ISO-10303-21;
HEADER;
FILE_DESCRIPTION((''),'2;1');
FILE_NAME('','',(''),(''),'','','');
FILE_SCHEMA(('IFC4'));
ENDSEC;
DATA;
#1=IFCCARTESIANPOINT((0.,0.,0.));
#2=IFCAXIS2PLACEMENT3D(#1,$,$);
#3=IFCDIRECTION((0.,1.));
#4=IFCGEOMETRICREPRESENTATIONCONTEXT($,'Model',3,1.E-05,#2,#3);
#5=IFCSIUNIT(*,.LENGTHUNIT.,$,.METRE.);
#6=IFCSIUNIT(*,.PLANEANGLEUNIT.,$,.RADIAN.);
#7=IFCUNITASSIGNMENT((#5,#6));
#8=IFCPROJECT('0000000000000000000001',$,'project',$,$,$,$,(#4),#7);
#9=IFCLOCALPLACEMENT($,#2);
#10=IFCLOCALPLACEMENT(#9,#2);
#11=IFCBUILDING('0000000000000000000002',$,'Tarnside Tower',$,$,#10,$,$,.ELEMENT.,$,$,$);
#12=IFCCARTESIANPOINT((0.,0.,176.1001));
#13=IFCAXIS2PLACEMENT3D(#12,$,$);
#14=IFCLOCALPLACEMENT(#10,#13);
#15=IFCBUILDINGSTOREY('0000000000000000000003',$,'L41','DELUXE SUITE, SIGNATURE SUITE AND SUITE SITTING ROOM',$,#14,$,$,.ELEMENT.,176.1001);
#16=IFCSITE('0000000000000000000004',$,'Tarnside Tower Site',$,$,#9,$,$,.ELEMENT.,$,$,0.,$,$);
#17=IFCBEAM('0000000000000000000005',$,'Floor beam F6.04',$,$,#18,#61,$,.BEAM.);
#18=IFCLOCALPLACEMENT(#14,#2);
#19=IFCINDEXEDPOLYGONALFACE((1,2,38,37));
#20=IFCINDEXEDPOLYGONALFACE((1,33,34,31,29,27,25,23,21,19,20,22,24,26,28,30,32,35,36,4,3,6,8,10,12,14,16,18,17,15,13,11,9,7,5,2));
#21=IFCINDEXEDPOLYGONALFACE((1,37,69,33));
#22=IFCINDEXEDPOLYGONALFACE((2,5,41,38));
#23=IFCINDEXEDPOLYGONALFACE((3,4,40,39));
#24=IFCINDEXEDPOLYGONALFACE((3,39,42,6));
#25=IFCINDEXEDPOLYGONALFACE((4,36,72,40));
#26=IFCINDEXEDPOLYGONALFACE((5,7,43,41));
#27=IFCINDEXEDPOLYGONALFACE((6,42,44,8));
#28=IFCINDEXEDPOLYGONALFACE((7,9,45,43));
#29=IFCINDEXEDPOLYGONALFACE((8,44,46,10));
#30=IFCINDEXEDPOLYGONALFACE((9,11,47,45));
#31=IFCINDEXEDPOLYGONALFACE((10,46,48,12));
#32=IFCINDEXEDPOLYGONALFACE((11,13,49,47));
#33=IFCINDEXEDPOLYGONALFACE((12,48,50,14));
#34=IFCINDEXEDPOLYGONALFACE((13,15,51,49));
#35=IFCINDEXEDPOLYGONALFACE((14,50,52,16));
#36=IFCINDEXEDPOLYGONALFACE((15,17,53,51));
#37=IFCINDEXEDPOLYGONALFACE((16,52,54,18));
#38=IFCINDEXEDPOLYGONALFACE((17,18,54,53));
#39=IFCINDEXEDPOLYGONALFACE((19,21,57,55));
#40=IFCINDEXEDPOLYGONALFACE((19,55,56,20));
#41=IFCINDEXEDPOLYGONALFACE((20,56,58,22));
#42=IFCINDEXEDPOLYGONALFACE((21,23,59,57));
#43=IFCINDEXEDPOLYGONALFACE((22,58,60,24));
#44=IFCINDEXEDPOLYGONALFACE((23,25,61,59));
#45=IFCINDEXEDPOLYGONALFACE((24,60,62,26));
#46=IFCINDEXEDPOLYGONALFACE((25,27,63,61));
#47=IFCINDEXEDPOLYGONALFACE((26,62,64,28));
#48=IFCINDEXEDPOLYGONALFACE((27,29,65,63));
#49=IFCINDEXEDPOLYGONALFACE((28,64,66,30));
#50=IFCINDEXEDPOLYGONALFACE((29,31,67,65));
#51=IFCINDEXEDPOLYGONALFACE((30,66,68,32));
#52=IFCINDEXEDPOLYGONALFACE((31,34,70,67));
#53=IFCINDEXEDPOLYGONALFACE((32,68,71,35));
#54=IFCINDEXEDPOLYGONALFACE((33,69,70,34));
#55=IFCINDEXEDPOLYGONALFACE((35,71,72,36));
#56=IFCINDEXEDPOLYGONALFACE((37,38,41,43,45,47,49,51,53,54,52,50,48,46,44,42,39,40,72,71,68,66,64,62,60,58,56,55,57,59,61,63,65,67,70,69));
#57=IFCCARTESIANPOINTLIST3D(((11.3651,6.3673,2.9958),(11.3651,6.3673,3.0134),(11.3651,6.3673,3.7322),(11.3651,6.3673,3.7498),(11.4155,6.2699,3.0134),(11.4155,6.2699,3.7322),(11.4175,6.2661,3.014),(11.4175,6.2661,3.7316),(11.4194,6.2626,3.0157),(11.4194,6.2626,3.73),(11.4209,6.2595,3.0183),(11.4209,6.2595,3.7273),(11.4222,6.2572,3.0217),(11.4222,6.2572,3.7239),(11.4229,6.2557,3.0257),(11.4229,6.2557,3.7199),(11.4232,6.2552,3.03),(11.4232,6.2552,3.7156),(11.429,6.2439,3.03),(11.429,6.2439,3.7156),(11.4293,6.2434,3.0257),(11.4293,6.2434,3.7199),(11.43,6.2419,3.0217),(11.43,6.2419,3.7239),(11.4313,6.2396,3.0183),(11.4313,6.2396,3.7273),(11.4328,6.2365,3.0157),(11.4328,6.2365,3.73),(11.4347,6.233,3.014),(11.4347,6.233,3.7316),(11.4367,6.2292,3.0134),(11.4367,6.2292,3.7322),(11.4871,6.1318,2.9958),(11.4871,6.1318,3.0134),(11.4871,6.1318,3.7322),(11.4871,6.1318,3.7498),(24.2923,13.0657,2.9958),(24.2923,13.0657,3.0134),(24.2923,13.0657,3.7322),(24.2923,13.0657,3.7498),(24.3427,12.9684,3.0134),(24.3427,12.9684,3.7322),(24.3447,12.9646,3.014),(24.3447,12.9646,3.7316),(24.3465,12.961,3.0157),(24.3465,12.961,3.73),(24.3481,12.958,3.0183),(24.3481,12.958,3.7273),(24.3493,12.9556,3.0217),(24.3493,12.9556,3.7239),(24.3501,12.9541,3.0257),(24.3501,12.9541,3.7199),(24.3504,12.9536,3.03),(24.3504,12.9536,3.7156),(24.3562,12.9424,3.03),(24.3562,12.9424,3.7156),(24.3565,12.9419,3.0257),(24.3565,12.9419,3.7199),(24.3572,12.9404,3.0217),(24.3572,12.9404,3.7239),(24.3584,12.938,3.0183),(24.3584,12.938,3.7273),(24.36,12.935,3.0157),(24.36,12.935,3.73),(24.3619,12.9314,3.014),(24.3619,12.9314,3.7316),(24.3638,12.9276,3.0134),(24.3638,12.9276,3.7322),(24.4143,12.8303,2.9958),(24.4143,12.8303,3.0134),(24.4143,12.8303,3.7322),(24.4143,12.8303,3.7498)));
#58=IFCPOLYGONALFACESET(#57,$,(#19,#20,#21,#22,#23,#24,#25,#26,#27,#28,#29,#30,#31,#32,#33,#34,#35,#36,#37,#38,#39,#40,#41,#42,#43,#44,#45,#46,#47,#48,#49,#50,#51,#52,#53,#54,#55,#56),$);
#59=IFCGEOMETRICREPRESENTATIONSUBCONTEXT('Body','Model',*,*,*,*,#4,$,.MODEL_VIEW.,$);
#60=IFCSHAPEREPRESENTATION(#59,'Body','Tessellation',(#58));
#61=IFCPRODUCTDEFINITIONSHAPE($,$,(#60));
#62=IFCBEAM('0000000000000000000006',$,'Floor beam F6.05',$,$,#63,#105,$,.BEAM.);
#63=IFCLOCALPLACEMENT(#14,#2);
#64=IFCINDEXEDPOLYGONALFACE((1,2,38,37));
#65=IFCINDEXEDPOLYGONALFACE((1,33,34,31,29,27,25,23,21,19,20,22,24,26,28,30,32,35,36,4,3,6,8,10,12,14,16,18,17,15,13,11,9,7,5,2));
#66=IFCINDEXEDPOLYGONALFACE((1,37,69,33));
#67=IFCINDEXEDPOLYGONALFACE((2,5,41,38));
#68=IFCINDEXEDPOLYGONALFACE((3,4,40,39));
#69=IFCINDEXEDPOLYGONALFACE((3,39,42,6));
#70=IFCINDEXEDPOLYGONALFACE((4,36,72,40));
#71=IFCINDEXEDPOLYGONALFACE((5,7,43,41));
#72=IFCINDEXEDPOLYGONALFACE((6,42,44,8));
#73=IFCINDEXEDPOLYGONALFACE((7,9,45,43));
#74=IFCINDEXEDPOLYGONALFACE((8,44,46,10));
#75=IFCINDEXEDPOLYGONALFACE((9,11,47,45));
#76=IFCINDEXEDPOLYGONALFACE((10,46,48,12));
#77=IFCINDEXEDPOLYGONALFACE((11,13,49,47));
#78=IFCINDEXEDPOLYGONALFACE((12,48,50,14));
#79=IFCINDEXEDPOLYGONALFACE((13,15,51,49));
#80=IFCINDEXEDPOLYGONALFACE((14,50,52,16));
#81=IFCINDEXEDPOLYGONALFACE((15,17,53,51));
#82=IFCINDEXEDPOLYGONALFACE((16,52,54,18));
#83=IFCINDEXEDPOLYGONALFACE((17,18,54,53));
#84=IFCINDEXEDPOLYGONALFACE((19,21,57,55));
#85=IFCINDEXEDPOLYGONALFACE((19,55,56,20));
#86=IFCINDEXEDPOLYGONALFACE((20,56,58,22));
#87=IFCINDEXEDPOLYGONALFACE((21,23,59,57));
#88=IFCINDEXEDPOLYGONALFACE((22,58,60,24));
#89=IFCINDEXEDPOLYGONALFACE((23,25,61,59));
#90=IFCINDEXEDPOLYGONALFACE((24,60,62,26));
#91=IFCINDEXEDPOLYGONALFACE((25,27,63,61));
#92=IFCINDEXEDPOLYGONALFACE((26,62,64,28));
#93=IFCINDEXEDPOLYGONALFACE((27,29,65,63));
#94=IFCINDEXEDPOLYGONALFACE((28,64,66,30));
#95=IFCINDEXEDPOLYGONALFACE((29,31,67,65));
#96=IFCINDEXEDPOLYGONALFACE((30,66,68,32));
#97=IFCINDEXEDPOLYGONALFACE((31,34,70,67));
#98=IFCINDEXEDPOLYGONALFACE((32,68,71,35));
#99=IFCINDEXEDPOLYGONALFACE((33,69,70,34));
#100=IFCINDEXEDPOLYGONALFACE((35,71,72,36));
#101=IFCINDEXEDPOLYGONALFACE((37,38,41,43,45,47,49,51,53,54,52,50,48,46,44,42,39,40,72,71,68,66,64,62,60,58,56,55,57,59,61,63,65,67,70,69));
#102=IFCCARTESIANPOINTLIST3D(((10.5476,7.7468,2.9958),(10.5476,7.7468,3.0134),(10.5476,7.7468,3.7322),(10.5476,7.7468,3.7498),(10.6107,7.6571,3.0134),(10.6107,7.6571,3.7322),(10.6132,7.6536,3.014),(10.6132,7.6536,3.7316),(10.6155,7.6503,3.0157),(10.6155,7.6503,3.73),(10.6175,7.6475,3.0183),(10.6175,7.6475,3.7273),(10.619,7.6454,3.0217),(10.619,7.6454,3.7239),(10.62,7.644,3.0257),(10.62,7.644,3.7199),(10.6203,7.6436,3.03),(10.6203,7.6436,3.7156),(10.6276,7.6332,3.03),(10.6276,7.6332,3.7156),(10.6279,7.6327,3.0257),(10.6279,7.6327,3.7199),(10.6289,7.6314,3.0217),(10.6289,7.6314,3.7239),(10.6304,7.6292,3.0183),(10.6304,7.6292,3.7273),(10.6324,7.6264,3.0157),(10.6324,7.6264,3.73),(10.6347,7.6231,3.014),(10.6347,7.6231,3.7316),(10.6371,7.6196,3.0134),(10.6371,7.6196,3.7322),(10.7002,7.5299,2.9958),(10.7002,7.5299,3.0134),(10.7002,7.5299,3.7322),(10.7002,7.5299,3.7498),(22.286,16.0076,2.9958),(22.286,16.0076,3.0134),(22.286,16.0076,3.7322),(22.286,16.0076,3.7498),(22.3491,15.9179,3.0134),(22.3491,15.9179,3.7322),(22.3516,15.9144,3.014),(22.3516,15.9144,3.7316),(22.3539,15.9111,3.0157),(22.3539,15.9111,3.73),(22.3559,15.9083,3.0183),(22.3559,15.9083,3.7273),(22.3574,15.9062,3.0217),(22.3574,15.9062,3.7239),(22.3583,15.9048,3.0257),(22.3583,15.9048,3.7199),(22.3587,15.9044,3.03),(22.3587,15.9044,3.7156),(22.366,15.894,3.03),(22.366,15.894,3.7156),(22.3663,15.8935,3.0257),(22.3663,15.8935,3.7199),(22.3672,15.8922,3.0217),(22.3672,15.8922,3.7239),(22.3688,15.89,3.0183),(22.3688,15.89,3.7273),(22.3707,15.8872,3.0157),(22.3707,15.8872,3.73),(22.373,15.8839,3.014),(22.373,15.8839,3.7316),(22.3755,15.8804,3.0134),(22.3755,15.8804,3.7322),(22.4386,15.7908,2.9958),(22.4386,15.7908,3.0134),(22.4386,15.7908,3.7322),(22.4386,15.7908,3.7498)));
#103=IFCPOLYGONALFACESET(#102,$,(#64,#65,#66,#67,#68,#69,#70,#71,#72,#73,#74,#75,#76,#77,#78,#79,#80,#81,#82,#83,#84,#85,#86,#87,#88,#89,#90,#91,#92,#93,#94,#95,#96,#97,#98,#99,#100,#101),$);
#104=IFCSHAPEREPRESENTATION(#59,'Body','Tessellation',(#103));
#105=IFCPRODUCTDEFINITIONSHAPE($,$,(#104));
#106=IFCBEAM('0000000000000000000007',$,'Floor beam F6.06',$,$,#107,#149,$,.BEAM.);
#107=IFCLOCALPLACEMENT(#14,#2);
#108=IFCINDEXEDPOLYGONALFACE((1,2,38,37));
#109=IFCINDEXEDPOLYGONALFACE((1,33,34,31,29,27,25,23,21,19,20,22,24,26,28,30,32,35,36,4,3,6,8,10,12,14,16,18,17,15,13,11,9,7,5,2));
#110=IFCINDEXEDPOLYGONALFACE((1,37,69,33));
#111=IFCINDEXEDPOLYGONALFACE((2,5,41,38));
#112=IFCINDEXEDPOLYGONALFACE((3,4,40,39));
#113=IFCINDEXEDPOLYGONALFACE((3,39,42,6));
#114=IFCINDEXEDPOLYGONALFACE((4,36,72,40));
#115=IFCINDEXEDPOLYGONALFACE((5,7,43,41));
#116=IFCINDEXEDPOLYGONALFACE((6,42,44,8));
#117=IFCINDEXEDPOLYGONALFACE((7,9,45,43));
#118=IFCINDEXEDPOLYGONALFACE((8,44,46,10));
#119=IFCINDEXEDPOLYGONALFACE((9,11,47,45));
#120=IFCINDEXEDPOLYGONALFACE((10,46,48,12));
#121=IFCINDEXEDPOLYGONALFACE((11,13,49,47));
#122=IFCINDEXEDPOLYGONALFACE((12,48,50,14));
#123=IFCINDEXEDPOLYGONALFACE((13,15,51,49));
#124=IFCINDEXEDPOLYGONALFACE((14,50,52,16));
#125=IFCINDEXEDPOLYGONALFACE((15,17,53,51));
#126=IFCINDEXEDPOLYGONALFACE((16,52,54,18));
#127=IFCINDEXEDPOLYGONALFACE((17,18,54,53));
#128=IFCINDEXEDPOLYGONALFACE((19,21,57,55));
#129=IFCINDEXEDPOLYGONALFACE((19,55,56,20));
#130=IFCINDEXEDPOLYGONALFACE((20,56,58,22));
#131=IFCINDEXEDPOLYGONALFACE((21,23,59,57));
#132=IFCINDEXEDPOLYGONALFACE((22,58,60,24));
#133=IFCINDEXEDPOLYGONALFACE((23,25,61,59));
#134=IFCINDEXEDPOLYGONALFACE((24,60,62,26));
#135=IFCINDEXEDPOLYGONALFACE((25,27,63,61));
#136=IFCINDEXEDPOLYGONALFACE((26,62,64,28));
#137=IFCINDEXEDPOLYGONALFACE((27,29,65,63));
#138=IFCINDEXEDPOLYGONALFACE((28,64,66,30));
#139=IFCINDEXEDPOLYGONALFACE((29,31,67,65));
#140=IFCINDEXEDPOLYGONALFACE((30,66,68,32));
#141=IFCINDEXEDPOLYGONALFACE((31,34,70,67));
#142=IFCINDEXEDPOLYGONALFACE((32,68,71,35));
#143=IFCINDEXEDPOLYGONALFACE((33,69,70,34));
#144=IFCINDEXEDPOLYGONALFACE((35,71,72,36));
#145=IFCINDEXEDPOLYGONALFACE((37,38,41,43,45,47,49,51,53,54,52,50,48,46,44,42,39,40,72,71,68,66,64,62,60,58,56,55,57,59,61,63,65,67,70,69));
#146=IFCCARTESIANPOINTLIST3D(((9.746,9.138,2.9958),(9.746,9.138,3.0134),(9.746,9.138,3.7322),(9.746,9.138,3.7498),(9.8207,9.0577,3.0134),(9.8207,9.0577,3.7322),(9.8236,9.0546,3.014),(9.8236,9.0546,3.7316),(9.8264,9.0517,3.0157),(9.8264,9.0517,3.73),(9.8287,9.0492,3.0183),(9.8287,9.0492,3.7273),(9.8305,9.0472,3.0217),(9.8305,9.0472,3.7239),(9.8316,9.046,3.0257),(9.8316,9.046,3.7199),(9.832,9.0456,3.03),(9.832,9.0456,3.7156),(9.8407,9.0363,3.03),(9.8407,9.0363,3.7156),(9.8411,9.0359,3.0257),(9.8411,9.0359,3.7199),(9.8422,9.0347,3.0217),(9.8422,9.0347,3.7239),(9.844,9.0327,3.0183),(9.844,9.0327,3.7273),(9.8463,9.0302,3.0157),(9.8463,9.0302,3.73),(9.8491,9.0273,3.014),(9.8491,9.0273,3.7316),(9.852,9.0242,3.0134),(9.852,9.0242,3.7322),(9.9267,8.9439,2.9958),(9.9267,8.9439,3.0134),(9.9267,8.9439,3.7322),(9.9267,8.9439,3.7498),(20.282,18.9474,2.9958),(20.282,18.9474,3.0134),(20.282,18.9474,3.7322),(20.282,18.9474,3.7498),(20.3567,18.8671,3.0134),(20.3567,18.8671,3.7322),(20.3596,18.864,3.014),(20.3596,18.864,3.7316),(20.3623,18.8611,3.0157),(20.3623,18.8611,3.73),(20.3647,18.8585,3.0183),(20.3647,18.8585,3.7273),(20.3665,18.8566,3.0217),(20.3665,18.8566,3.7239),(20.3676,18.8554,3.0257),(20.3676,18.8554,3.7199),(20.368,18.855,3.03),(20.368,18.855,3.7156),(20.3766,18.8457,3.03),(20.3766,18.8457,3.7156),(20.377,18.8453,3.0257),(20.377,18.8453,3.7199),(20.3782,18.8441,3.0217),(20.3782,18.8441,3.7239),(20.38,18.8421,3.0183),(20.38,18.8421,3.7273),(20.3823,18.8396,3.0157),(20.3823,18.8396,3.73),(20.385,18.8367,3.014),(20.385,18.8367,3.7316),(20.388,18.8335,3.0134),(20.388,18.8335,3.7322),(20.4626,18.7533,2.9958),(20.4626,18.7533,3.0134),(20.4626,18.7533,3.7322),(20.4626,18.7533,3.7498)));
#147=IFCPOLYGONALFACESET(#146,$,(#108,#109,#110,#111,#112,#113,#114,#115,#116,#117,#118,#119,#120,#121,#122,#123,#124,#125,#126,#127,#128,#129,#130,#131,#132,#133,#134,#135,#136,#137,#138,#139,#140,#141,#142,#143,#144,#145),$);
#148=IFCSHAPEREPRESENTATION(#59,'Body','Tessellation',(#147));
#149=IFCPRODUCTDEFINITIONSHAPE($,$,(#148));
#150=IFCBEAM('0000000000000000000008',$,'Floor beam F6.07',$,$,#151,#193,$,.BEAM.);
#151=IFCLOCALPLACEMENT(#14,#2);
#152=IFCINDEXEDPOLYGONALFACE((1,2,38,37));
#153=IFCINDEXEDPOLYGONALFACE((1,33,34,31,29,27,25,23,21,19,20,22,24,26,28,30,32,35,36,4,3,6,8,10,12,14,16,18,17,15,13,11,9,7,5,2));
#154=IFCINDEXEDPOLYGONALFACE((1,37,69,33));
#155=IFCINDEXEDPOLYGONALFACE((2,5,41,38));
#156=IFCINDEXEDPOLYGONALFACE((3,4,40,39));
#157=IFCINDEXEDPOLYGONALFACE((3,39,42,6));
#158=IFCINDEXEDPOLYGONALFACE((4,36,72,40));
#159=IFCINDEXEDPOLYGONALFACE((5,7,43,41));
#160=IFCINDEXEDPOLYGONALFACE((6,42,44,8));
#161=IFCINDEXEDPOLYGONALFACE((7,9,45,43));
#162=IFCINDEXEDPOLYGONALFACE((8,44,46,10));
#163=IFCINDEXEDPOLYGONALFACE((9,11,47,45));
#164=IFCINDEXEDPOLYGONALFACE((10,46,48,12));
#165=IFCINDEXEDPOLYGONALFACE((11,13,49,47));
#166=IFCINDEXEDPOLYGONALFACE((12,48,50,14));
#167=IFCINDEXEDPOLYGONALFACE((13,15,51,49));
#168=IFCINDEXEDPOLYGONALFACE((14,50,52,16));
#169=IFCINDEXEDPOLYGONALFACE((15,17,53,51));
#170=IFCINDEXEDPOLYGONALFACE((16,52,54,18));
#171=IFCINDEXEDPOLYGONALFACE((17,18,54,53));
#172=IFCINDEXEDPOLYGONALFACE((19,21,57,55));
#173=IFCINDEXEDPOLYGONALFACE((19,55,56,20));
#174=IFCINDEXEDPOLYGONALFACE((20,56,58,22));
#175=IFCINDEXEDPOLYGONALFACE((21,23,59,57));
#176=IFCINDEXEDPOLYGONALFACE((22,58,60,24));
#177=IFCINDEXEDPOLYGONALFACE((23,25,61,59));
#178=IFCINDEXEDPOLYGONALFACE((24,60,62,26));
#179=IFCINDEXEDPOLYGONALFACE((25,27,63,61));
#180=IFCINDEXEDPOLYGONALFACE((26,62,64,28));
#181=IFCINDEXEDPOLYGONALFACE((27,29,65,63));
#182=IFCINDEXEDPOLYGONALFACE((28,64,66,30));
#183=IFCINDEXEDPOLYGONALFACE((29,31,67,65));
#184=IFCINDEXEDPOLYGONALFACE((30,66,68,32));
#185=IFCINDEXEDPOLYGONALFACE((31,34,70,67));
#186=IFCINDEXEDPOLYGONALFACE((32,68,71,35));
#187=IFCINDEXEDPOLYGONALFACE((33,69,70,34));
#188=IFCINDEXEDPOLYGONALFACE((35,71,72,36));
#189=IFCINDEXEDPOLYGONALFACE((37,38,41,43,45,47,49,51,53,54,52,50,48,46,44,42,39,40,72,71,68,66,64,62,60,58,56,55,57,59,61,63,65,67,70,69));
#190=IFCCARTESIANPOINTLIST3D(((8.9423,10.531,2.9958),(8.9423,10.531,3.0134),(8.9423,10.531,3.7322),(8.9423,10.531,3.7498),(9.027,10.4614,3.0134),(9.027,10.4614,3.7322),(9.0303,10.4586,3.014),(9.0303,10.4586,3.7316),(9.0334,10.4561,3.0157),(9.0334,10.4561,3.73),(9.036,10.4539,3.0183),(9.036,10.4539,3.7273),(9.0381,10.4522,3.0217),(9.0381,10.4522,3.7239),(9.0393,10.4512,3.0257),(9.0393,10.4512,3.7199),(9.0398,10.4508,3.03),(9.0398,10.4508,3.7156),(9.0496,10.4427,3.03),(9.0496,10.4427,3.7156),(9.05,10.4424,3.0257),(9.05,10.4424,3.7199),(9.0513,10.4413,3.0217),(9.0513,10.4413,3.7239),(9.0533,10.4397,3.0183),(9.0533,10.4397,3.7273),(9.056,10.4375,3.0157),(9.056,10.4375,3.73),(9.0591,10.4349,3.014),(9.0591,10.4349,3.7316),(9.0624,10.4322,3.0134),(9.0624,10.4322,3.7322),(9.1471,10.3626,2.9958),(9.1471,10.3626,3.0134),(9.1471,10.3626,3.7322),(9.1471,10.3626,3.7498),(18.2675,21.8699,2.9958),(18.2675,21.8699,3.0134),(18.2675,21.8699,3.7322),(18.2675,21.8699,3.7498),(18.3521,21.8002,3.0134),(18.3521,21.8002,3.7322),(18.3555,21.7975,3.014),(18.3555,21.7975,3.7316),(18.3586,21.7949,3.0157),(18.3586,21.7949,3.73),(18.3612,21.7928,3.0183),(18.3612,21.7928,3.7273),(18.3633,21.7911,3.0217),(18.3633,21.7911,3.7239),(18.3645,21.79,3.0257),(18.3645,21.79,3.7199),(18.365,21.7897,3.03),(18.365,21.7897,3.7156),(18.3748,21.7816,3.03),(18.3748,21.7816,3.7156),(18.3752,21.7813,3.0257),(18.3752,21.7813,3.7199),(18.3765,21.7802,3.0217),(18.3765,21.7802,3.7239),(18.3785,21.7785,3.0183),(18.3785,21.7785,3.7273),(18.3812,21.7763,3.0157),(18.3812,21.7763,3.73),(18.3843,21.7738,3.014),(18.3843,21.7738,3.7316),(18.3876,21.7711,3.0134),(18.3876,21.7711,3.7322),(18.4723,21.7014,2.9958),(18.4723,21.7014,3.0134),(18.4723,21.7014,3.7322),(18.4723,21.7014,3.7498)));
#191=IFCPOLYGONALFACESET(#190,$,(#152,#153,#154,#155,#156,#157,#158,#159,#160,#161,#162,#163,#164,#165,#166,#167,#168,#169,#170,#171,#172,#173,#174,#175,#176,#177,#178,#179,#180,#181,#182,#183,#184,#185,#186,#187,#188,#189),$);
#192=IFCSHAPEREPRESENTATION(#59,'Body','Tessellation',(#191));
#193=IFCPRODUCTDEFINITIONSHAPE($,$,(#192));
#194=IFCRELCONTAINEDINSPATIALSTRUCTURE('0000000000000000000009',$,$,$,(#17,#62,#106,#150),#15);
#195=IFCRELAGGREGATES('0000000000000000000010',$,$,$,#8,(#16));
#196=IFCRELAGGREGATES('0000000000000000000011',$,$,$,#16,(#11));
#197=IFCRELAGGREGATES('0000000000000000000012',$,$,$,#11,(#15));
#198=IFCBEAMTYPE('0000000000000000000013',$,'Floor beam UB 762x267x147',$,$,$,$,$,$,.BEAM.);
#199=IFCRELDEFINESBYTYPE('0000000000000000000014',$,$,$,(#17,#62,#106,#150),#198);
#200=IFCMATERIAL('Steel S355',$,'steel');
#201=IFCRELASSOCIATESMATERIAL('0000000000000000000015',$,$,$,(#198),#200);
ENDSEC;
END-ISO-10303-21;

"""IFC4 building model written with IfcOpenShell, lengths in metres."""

from ifc_helpers import new_model, si_unit, direction, frame, origin, origin_2d, place, context, subcontext, project, spatial, i_section, extrude, material, material_profile, profile_set, type_object, element, save


model = new_model("IFC4")

# Units and contexts
model_context = context("Model", 3, precision=1e-05, world=origin(), true_north=direction((0.0, 1.0)))
body_context = subcontext(model_context, "Body", "Model", "MODEL_VIEW")
ifc_project = project(units=[si_unit("LENGTHUNIT", "METRE"), si_unit("PLANEANGLEUNIT", "RADIAN")], contexts=[model_context])

# Site, building, storey
site_placement = place(None, origin())
site = spatial("IfcSite", under=ifc_project, at=site_placement, Name="Tarnside Tower Site", CompositionType="ELEMENT", RefElevation=0.0)
building_placement = place(site_placement, origin())
building = spatial("IfcBuilding", under=site, at=building_placement, Name="Tarnside Tower", CompositionType="ELEMENT")
storey_placement = place(building_placement, frame((0.0, 0.0, 176.1001)))
storey = spatial("IfcBuildingStorey", under=building, at=storey_placement, Name="L41", Description="DELUXE SUITE, SIGNATURE SUITE AND SUITE SITTING ROOM", CompositionType="ELEMENT", Elevation=176.1001)

# Beams
ifc_material_1 = material(Name="Steel S355", Category="steel")
ifc_material_profile_1 = material_profile(ifc_material_1, i_section(OverallWidth=0.2651, OverallDepth=0.7539, WebThickness=0.0127, FlangeThickness=0.0176, FilletRadius=0.0166, at=origin_2d()), Name="UB 762x267x147")
ifc_profile_set_1 = profile_set([ifc_material_profile_1], Name="Steel S355")
beam_type_1 = type_object("IfcBeamType", Name="Floor beam UB 762x267x147", PredefinedType="BEAM", material=ifc_profile_set_1)
beam_1_placement = place(storey_placement, frame((24.3533, 12.948, 3.3728), z_axis=(-0.887882, -0.460072, 0.0), x_axis=(0.460072, -0.887882, 0.0)))
element("IfcBeam", 1, at=beam_1_placement, inside=storey, type_object=beam_type_1, Name="Floor beam F6.04", PredefinedType="BEAM", context=body_context, shape_type="SweptSolid", body=[
    extrude(i_section(OverallWidth=0.2651, OverallDepth=0.7539, WebThickness=0.0127, FlangeThickness=0.0176, FilletRadius=0.0166, at=origin_2d()), origin(), (0.0, 0.0, 1.0), 14.5596),
])
beam_2_placement = place(storey_placement, frame((22.3623, 15.8992, 3.3728), z_axis=(-0.817791, -0.575515, 0.0), x_axis=(0.575515, -0.817791, 0.0)))
element("IfcBeam", 2, at=beam_2_placement, inside=storey, type_object=beam_type_1, Name="Floor beam F6.05", PredefinedType="BEAM", context=body_context, shape_type="SweptSolid", body=[
    extrude(i_section(OverallWidth=0.2651, OverallDepth=0.7539, WebThickness=0.0127, FlangeThickness=0.0176, FilletRadius=0.0166, at=origin_2d()), origin(), (0.0, 0.0, 1.0), 14.3538),
])
beam_3_placement = place(storey_placement, frame((20.3723, 18.8503, 3.3728), z_axis=(-0.731892, -0.68142, 0.0), x_axis=(0.68142, -0.731892, 0.0)))
element("IfcBeam", 3, at=beam_3_placement, inside=storey, type_object=beam_type_1, Name="Floor beam F6.06", PredefinedType="BEAM", context=body_context, shape_type="SweptSolid", body=[
    extrude(i_section(OverallWidth=0.2651, OverallDepth=0.7539, WebThickness=0.0127, FlangeThickness=0.0176, FilletRadius=0.0166, at=origin_2d()), origin(), (0.0, 0.0, 1.0), 14.3955),
])
beam_4_placement = place(storey_placement, frame((18.3699, 21.7856, 3.3728), z_axis=(-0.635192, -0.772354, 0.0), x_axis=(0.772354, -0.635192, 0.0)))
element("IfcBeam", 4, at=beam_4_placement, inside=storey, type_object=beam_type_1, Name="Floor beam F6.07", PredefinedType="BEAM", context=body_context, shape_type="SweptSolid", body=[
    extrude(i_section(OverallWidth=0.2651, OverallDepth=0.7539, WebThickness=0.0127, FlangeThickness=0.0176, FilletRadius=0.0166, at=origin_2d()), origin(), (0.0, 0.0, 1.0), 14.6809),
])

save(model, "model.ifc")
